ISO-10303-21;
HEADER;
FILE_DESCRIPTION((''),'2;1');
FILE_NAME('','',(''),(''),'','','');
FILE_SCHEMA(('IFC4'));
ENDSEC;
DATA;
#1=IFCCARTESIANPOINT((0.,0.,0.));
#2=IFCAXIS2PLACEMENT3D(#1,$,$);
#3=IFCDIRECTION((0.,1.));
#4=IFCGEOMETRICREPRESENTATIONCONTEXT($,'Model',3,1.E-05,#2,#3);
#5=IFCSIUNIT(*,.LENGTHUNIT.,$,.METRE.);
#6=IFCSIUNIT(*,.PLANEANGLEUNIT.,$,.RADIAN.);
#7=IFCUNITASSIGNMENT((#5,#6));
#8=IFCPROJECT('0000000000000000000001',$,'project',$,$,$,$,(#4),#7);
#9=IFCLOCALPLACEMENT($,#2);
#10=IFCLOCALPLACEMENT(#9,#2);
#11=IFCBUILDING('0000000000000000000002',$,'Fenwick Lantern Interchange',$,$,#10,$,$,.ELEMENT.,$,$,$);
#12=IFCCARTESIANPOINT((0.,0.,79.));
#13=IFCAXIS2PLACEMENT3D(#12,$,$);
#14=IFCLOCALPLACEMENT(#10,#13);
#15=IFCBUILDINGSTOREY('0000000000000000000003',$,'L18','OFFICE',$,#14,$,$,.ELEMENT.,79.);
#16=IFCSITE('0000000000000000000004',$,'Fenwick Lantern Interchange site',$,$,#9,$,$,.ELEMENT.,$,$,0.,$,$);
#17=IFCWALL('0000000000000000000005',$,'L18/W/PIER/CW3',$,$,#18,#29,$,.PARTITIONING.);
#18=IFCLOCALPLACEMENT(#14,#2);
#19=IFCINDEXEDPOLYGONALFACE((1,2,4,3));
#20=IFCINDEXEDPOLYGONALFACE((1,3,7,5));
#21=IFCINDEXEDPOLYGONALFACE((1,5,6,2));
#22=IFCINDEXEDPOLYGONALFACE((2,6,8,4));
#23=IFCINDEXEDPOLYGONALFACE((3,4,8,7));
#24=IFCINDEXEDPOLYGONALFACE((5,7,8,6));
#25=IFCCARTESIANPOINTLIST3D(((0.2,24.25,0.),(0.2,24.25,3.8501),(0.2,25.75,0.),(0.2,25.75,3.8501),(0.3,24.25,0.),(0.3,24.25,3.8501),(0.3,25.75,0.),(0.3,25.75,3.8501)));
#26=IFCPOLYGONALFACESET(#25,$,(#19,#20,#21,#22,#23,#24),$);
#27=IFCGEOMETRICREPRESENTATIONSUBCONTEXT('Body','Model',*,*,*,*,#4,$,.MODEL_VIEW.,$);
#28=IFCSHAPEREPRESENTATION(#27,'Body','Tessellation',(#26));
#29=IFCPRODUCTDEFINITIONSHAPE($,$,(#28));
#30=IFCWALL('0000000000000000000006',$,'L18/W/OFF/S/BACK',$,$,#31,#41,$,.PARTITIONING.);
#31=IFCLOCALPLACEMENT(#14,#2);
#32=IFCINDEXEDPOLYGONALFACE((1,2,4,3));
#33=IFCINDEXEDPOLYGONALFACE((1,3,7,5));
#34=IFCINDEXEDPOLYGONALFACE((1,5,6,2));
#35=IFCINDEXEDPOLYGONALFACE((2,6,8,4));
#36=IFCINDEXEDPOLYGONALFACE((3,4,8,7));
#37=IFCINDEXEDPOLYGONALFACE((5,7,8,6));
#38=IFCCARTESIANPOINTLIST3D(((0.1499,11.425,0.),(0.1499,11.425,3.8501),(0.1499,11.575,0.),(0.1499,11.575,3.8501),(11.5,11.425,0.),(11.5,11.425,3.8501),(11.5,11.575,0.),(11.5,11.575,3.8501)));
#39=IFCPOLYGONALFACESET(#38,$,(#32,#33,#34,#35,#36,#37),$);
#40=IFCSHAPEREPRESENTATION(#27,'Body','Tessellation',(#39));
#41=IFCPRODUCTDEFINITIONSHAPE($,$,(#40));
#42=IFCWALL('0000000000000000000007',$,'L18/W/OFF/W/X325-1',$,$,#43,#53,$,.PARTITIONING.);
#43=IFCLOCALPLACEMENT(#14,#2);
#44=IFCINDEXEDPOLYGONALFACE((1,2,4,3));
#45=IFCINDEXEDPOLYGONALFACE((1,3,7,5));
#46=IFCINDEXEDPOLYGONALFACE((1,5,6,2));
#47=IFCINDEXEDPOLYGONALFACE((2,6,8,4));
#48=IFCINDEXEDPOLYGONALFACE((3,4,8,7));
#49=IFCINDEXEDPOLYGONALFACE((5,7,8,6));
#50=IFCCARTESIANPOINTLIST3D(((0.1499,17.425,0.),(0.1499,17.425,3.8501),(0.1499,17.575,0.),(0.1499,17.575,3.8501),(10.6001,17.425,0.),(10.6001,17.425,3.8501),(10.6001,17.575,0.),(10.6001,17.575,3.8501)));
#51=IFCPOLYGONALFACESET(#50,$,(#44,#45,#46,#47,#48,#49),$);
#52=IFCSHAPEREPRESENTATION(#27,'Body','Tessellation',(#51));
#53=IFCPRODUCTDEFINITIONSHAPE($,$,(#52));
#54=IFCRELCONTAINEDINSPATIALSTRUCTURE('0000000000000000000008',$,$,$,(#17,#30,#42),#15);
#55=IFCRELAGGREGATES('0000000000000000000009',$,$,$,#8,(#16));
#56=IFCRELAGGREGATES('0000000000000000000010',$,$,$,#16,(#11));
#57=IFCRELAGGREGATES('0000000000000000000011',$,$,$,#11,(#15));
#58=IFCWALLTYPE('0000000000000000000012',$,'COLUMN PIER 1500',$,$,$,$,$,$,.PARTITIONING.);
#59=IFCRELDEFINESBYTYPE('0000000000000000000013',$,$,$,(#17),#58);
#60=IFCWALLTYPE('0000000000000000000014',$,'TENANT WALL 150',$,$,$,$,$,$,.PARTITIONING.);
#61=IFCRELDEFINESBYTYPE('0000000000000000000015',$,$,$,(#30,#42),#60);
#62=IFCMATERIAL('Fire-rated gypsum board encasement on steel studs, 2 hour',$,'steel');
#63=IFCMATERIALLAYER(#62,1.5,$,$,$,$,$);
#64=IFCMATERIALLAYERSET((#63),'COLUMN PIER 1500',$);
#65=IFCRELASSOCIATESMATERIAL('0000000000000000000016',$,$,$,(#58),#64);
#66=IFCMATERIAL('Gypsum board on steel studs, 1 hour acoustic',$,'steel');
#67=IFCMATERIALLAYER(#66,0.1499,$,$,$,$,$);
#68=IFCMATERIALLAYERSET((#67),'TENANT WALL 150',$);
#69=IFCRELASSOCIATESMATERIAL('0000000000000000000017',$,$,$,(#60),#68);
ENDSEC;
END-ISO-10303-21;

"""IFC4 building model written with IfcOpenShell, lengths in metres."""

from ifc_helpers import new_model, si_unit, direction, frame, frame_2d, origin, place, context, subcontext, project, spatial, rectangle, extrude, material, layer, layer_set, type_object, element, save


model = new_model("IFC4")

# Units and contexts
model_context = context("Model", 3, precision=1e-05, world=origin(), true_north=direction((0.0, 1.0)))
body_context = subcontext(model_context, "Body", "Model", "MODEL_VIEW")
ifc_project = project(units=[si_unit("LENGTHUNIT", "METRE"), si_unit("PLANEANGLEUNIT", "RADIAN")], contexts=[model_context])

# Site, building, storey
site_placement = place(None, origin())
site = spatial("IfcSite", under=ifc_project, at=site_placement, Name="Fenwick Lantern Interchange site", CompositionType="ELEMENT", RefElevation=0.0)
building_placement = place(site_placement, origin())
building = spatial("IfcBuilding", under=site, at=building_placement, Name="Fenwick Lantern Interchange", CompositionType="ELEMENT")
storey_placement = place(building_placement, frame((0.0, 0.0, 79.0)))
storey = spatial("IfcBuildingStorey", under=building, at=storey_placement, Name="L18", Description="OFFICE", CompositionType="ELEMENT", Elevation=79.0)

# Walls
ifc_material_1 = material(Name="Fire-rated gypsum board encasement on steel studs, 2 hour", Category="steel")
ifc_layer_1 = layer(ifc_material_1, 1.5)
ifc_layer_set_1 = layer_set([ifc_layer_1], Name="COLUMN PIER 1500")
wall_type_1 = type_object("IfcWallType", Name="COLUMN PIER 1500", PredefinedType="PARTITIONING", material=ifc_layer_set_1)
wall_1_placement = place(storey_placement, frame((0.2, 25.0, 0.0), z_axis=(0.0, 0.0, 1.0), x_axis=(1.0, 0.0, 0.0)))
element("IfcWall", 1, at=wall_1_placement, inside=storey, type_object=wall_type_1, Name="L18/W/PIER/CW3", PredefinedType="PARTITIONING", context=body_context, shape_type="SweptSolid", body=[
    extrude(rectangle(XDim=0.1001, YDim=1.5, at=frame_2d((0.05, 0.0))), origin(), (0.0, 0.0, 1.0), 3.8501),
])
ifc_material_2 = material(Name="Gypsum board on steel studs, 1 hour acoustic", Category="steel")
ifc_layer_2 = layer(ifc_material_2, 0.1499)
ifc_layer_set_2 = layer_set([ifc_layer_2], Name="TENANT WALL 150")
wall_type_2 = type_object("IfcWallType", Name="TENANT WALL 150", PredefinedType="PARTITIONING", material=ifc_layer_set_2)
wall_2_placement = place(storey_placement, frame((0.1499, 11.5, 0.0), z_axis=(0.0, 0.0, 1.0), x_axis=(1.0, 0.0, 0.0)))
element("IfcWall", 2, at=wall_2_placement, inside=storey, type_object=wall_type_2, Name="L18/W/OFF/S/BACK", PredefinedType="PARTITIONING", context=body_context, shape_type="SweptSolid", body=[
    extrude(rectangle(XDim=11.3501, YDim=0.1499, at=frame_2d((5.675, 0.0))), origin(), (0.0, 0.0, 1.0), 3.8501),
])
wall_3_placement = place(storey_placement, frame((0.1499, 17.5, 0.0), z_axis=(0.0, 0.0, 1.0), x_axis=(1.0, 0.0, 0.0)))
element("IfcWall", 3, at=wall_3_placement, inside=storey, type_object=wall_type_2, Name="L18/W/OFF/W/X325-1", PredefinedType="PARTITIONING", context=body_context, shape_type="SweptSolid", body=[
    extrude(rectangle(XDim=10.4502, YDim=0.1499, at=frame_2d((5.2251, 0.0))), origin(), (0.0, 0.0, 1.0), 3.8501),
])

save(model, "model.ifc")
